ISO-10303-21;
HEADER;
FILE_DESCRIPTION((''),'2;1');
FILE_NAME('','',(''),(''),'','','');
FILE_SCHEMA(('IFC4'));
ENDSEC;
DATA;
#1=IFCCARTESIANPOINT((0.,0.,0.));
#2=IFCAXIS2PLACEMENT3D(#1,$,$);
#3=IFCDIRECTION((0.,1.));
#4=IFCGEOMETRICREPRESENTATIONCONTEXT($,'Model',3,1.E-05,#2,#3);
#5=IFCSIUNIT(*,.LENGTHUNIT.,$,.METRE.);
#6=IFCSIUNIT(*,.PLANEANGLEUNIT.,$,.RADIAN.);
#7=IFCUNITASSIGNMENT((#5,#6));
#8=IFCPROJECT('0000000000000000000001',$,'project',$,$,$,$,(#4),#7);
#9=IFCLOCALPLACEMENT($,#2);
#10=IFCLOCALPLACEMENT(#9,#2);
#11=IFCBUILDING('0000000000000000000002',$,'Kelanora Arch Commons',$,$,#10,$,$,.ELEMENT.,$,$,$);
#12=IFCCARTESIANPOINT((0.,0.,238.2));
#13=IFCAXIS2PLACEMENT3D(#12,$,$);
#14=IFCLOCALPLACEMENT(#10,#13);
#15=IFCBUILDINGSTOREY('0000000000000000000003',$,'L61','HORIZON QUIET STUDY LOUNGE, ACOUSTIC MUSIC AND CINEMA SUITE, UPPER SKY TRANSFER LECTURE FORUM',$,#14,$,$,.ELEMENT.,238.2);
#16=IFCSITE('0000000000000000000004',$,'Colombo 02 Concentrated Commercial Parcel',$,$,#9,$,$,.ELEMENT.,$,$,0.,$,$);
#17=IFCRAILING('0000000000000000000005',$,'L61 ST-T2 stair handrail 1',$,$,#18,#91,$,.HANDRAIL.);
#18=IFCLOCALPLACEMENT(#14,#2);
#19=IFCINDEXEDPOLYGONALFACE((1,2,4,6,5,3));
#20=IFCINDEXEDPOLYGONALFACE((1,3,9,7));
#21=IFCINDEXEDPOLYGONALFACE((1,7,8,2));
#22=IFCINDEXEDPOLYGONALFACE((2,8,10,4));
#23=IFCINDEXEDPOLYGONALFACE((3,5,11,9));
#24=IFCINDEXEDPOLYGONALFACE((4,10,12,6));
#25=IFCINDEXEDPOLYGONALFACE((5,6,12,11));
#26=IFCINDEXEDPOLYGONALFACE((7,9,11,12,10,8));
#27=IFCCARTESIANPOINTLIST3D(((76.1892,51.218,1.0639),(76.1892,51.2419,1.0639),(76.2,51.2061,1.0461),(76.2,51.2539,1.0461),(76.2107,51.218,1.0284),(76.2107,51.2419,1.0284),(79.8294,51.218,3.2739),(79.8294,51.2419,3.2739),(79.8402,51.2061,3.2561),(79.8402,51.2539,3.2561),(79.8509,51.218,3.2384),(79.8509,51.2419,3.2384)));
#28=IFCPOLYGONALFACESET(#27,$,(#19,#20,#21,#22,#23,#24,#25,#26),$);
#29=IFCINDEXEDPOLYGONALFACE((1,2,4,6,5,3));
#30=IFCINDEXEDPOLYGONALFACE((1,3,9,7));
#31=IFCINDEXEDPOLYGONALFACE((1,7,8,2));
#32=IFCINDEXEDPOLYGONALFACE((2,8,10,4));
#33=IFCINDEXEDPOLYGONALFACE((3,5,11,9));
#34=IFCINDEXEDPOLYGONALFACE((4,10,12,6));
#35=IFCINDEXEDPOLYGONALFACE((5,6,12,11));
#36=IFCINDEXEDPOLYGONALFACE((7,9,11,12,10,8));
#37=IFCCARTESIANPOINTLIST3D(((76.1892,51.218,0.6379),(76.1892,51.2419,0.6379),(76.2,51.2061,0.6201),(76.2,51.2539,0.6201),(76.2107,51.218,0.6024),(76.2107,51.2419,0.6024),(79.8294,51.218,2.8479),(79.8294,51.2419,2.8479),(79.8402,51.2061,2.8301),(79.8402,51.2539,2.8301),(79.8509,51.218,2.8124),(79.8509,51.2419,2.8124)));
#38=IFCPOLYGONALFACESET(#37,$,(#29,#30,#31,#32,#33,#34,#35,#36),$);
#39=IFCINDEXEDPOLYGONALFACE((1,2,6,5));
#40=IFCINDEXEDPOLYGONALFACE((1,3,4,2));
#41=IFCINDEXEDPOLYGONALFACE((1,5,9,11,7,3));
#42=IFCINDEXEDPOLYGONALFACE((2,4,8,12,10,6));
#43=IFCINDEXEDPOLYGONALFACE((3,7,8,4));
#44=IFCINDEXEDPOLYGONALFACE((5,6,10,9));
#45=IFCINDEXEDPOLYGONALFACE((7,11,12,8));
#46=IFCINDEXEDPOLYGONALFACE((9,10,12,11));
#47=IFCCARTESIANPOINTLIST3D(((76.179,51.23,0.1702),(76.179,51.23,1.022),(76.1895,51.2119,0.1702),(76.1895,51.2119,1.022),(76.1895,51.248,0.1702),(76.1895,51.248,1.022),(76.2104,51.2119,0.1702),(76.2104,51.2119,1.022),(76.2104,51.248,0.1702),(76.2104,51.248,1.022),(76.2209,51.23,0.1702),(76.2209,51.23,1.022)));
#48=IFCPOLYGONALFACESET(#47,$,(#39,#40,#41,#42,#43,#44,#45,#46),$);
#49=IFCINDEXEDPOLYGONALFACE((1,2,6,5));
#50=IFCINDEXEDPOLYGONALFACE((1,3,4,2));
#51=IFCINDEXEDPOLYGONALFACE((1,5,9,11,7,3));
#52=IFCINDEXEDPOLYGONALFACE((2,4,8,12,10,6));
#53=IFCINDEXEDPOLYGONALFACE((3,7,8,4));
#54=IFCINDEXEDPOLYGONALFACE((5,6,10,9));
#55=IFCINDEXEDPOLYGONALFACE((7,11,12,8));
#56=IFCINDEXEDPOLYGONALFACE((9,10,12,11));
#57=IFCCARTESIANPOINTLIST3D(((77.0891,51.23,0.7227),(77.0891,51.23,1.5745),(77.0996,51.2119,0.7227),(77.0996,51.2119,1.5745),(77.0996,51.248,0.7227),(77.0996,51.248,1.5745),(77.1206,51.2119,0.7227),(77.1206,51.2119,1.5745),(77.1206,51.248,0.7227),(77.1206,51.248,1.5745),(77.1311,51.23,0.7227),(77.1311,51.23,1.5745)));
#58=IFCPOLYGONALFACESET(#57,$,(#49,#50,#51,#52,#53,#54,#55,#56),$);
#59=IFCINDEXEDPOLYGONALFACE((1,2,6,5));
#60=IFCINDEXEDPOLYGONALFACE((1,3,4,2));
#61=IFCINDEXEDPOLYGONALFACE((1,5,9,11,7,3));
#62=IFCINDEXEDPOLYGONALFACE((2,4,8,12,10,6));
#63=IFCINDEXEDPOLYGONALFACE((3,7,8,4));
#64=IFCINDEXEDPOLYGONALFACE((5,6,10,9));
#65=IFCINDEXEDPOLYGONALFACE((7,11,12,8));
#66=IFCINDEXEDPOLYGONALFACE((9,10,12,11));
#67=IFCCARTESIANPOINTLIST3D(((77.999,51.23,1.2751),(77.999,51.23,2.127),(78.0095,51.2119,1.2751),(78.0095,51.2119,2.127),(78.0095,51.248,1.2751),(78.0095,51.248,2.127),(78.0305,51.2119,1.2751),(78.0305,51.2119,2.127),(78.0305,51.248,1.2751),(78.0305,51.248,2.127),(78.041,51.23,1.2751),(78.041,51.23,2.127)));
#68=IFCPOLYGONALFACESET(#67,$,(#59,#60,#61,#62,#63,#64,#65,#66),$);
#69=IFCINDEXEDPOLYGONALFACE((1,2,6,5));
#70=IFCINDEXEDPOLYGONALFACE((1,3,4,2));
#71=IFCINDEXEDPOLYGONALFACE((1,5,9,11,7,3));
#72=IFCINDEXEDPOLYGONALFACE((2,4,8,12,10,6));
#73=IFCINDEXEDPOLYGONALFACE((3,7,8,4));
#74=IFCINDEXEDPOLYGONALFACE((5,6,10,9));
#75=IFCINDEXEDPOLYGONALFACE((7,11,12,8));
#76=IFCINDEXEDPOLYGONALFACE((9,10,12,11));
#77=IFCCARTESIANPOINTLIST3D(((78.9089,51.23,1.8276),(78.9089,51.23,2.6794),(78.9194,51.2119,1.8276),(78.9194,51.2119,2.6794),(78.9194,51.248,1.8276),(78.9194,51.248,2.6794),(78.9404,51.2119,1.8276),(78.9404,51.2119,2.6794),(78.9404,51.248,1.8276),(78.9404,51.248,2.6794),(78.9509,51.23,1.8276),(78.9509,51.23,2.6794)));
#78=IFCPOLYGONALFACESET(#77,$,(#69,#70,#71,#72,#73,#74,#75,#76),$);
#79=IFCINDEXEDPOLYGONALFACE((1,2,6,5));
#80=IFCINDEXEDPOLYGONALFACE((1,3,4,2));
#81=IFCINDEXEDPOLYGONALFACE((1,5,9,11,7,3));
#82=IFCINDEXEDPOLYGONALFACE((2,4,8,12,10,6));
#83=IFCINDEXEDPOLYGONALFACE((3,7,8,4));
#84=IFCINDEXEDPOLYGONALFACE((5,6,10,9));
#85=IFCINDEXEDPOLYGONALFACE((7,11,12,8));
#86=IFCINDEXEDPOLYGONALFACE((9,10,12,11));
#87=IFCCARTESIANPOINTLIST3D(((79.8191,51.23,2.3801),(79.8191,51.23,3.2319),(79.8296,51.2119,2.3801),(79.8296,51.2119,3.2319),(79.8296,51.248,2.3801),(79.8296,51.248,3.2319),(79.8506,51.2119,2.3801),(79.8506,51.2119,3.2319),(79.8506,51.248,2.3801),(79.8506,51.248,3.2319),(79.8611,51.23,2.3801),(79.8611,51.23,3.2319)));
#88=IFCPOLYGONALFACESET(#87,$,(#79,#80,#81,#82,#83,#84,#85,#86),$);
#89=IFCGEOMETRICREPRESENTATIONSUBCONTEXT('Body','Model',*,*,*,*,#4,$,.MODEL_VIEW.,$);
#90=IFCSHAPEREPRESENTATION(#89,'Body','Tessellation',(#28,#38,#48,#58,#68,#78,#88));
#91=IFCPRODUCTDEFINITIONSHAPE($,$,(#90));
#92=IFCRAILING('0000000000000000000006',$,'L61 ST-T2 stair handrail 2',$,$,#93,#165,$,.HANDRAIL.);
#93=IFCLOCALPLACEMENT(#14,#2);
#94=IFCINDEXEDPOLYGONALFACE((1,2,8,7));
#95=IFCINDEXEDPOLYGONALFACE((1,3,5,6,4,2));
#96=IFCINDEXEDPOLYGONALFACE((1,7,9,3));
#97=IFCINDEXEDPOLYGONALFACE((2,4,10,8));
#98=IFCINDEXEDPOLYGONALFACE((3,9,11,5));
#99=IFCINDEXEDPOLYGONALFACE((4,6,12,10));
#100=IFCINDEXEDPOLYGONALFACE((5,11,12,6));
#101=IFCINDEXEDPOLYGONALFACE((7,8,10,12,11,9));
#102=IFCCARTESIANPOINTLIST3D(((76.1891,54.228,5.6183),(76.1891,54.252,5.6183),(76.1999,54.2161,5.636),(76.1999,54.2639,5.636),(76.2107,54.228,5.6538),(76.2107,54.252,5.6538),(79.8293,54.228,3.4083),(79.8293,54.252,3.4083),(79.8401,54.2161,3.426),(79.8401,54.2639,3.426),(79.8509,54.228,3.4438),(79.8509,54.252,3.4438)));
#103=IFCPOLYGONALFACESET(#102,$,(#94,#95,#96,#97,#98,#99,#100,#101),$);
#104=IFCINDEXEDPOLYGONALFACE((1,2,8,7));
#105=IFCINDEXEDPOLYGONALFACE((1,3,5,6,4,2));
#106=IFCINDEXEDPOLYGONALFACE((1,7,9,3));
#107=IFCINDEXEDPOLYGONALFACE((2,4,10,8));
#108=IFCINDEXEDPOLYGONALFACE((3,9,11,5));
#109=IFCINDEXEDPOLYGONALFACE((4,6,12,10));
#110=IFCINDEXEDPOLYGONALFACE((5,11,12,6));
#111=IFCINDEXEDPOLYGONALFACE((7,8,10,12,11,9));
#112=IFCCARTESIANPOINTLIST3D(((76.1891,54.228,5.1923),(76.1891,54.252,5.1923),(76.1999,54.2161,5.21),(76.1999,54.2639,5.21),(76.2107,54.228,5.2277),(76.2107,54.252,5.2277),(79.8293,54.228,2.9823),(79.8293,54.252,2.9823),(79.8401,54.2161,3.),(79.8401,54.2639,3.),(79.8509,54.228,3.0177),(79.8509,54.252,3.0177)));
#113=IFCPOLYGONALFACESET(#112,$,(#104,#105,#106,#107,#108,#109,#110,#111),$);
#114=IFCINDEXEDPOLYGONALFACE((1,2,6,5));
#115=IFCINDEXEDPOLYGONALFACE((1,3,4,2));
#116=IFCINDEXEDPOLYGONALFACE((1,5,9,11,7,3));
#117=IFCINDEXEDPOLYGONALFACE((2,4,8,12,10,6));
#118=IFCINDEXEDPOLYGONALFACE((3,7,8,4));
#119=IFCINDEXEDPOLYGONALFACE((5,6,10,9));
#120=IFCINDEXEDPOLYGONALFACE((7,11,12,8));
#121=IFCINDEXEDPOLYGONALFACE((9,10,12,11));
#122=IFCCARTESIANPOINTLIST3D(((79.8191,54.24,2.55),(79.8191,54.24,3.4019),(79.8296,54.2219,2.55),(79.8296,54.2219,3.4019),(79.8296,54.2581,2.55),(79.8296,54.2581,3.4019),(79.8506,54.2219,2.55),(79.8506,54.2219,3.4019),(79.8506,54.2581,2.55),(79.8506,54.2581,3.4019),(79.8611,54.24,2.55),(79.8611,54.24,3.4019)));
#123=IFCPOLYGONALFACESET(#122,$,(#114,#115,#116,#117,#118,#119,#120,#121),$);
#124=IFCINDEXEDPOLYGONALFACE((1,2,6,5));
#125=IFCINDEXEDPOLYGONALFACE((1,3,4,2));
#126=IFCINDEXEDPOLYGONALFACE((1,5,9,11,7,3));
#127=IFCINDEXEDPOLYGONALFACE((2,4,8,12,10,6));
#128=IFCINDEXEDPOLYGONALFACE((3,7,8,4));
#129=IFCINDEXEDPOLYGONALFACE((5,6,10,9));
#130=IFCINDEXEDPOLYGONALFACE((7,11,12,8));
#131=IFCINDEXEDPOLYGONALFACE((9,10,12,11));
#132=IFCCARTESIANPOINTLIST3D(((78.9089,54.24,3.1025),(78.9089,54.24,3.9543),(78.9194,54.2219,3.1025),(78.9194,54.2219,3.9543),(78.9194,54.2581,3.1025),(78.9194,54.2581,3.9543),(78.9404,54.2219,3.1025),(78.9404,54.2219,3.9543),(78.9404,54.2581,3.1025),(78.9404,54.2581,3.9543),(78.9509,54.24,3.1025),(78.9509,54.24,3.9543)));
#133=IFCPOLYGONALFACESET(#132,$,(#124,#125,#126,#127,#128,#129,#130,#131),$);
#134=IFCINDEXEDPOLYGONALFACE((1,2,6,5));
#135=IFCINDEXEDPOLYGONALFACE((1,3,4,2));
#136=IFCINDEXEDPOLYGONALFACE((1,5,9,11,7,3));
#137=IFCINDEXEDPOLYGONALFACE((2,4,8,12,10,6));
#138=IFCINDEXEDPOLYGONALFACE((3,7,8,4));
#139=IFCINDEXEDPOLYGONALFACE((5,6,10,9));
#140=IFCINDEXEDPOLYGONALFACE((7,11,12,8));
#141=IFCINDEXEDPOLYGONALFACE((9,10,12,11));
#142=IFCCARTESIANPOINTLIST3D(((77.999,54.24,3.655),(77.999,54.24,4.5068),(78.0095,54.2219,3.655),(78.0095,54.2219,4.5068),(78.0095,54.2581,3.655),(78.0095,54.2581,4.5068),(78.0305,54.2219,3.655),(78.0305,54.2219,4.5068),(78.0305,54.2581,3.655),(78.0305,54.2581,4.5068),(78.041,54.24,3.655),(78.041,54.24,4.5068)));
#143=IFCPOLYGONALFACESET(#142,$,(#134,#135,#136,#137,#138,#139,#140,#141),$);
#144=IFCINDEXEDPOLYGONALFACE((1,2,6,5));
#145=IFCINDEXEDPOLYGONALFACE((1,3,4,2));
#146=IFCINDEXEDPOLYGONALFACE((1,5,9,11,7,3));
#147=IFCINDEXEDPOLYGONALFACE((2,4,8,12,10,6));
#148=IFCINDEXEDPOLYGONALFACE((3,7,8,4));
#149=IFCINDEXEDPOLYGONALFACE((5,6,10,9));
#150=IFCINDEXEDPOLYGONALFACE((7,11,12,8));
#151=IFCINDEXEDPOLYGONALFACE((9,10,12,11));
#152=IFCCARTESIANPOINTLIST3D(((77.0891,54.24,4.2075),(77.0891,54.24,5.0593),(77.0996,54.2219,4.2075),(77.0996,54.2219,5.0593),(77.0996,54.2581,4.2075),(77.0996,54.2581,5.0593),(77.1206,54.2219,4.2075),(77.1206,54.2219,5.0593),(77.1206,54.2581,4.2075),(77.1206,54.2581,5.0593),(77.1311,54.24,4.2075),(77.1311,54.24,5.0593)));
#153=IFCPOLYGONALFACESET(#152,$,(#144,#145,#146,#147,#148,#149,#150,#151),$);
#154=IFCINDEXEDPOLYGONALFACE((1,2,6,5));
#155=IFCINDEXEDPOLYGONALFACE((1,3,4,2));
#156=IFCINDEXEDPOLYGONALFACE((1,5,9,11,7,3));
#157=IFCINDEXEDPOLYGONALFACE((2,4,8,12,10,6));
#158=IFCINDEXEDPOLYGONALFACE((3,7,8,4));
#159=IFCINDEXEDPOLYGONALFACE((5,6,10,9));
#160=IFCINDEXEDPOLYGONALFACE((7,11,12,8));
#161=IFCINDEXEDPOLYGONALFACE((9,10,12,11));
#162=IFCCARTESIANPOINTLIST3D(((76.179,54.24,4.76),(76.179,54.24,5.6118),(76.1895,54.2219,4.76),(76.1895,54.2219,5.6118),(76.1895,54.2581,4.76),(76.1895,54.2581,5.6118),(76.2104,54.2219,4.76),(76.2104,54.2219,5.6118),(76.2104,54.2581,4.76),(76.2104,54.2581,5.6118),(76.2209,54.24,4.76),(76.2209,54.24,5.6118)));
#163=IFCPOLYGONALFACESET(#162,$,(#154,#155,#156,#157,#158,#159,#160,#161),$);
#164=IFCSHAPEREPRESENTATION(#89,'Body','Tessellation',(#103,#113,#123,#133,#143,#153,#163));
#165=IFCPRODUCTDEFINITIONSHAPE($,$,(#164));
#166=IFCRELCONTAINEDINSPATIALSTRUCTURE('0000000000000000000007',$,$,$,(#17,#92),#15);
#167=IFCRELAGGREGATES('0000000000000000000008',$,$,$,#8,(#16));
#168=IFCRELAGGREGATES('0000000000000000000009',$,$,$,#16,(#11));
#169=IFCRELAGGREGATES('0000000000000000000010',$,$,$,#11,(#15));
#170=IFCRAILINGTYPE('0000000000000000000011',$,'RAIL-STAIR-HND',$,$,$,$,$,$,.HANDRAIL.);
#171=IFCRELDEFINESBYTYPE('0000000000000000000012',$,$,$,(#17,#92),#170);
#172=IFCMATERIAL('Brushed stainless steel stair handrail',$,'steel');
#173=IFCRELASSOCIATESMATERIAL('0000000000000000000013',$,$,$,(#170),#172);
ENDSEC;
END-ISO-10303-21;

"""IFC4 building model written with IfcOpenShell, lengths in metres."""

from ifc_helpers import new_model, si_unit, direction, frame, origin, place, context, subcontext, project, spatial, polyline, outline, extrude, material, type_object, element, save


model = new_model("IFC4")

# Units and contexts
model_context = context("Model", 3, precision=1e-05, world=origin(), true_north=direction((0.0, 1.0)))
body_context = subcontext(model_context, "Body", "Model", "MODEL_VIEW")
ifc_project = project(units=[si_unit("LENGTHUNIT", "METRE"), si_unit("PLANEANGLEUNIT", "RADIAN")], contexts=[model_context])

# Site, building, storey
site_placement = place(None, origin())
site = spatial("IfcSite", under=ifc_project, at=site_placement, Name="Colombo 02 Concentrated Commercial Parcel", CompositionType="ELEMENT", RefElevation=0.0)
building_placement = place(site_placement, origin())
building = spatial("IfcBuilding", under=site, at=building_placement, Name="Kelanora Arch Commons", CompositionType="ELEMENT")
storey_placement = place(building_placement, frame((0.0, 0.0, 238.2)))
storey = spatial("IfcBuildingStorey", under=building, at=storey_placement, Name="L61", Description="HORIZON QUIET STUDY LOUNGE, ACOUSTIC MUSIC AND CINEMA SUITE, UPPER SKY TRANSFER LECTURE FORUM", CompositionType="ELEMENT", Elevation=238.2)

# Railings
ifc_material_1 = material(Name="Brushed stainless steel stair handrail", Category="steel")
railing_type_1 = type_object("IfcRailingType", Name="RAIL-STAIR-HND", PredefinedType="HANDRAIL", material=ifc_material_1)
railing_1_placement = place(storey_placement, frame((76.2, 51.23, 0.1702)))
element("IfcRailing", 1, at=railing_1_placement, inside=storey, type_object=railing_type_1, Name="L61 ST-T2 stair handrail 1", PredefinedType="HANDRAIL", context=body_context, shape_type="SweptSolid", body=[
    extrude(outline(polyline([(0.0239, 0.0), (0.012, 0.0208), (-0.012, 0.0208), (-0.0239, 0.0), (-0.012, -0.0208), (0.012, -0.0208), (0.0239, 0.0)])), frame((0.0, 0.0, 0.876), z_axis=(0.8548, 0.0, 0.518957), x_axis=(0.0, 1.0, 0.0)), (0.0, 0.0, 1.0), 4.2585),
    extrude(outline(polyline([(0.0239, 0.0), (0.012, 0.0208), (-0.012, 0.0208), (-0.0239, 0.0), (-0.012, -0.0208), (0.012, -0.0208), (0.0239, 0.0)])), frame((0.0, 0.0, 0.45), z_axis=(0.8548, 0.0, 0.518957), x_axis=(0.0, 1.0, 0.0)), (0.0, 0.0, 1.0), 4.2585),
    extrude(outline(polyline([(0.021, 0.0), (0.0105, 0.0181), (-0.0105, 0.0181), (-0.021, 0.0), (-0.0105, -0.0181), (0.0105, -0.0181), (0.021, 0.0)])), origin(), (0.0, 0.0, 1.0), 0.8518),
    extrude(outline(polyline([(0.021, 0.0), (0.0105, 0.0181), (-0.0105, 0.0181), (-0.021, 0.0), (-0.0105, -0.0181), (0.0105, -0.0181), (0.021, 0.0)])), frame((0.9102, 0.0, 0.5525)), (0.0, 0.0, 1.0), 0.8518),
    extrude(outline(polyline([(0.021, 0.0), (0.0105, 0.0181), (-0.0105, 0.0181), (-0.021, 0.0), (-0.0105, -0.0181), (0.0105, -0.0181), (0.021, 0.0)])), frame((1.8201, 0.0, 1.105)), (0.0, 0.0, 1.0), 0.8518),
    extrude(outline(polyline([(0.021, 0.0), (0.0105, 0.0181), (-0.0105, 0.0181), (-0.021, 0.0), (-0.0105, -0.0181), (0.0105, -0.0181), (0.021, 0.0)])), frame((2.73, 0.0, 1.6575)), (0.0, 0.0, 1.0), 0.8518),
    extrude(outline(polyline([(0.021, 0.0), (0.0105, 0.0181), (-0.0105, 0.0181), (-0.021, 0.0), (-0.0105, -0.0181), (0.0105, -0.0181), (0.021, 0.0)])), frame((3.6401, 0.0, 2.21)), (0.0, 0.0, 1.0), 0.8518),
])
railing_2_placement = place(storey_placement, frame((79.8401, 54.24, 2.55)))
element("IfcRailing", 2, at=railing_2_placement, inside=storey, type_object=railing_type_1, Name="L61 ST-T2 stair handrail 2", PredefinedType="HANDRAIL", context=body_context, shape_type="SweptSolid", body=[
    extrude(outline(polyline([(0.0239, 0.0), (0.012, 0.0208), (-0.012, 0.0208), (-0.0239, 0.0), (-0.012, -0.0208), (0.012, -0.0208), (0.0239, 0.0)])), frame((0.0, 0.0, 0.876), z_axis=(-0.8548, 0.0, 0.518957), x_axis=(0.0, -1.0, 0.0)), (0.0, 0.0, 1.0), 4.2585),
    extrude(outline(polyline([(0.0239, 0.0), (0.012, 0.0208), (-0.012, 0.0208), (-0.0239, 0.0), (-0.012, -0.0208), (0.012, -0.0208), (0.0239, 0.0)])), frame((0.0, 0.0, 0.45), z_axis=(-0.8548, 0.0, 0.518957), x_axis=(0.0, -1.0, 0.0)), (0.0, 0.0, 1.0), 4.2585),
    extrude(outline(polyline([(0.021, 0.0), (0.0105, 0.0181), (-0.0105, 0.0181), (-0.021, 0.0), (-0.0105, -0.0181), (0.0105, -0.0181), (0.021, 0.0)])), origin(), (0.0, 0.0, 1.0), 0.8518),
    extrude(outline(polyline([(0.021, 0.0), (0.0105, 0.0181), (-0.0105, 0.0181), (-0.021, 0.0), (-0.0105, -0.0181), (0.0105, -0.0181), (0.021, 0.0)])), frame((-0.9102, 0.0, 0.5525)), (0.0, 0.0, 1.0), 0.8518),
    extrude(outline(polyline([(0.021, 0.0), (0.0105, 0.0181), (-0.0105, 0.0181), (-0.021, 0.0), (-0.0105, -0.0181), (0.0105, -0.0181), (0.021, 0.0)])), frame((-1.8201, 0.0, 1.105)), (0.0, 0.0, 1.0), 0.8518),
    extrude(outline(polyline([(0.021, 0.0), (0.0105, 0.0181), (-0.0105, 0.0181), (-0.021, 0.0), (-0.0105, -0.0181), (0.0105, -0.0181), (0.021, 0.0)])), frame((-2.73, 0.0, 1.6575)), (0.0, 0.0, 1.0), 0.8518),
    extrude(outline(polyline([(0.021, 0.0), (0.0105, 0.0181), (-0.0105, 0.0181), (-0.021, 0.0), (-0.0105, -0.0181), (0.0105, -0.0181), (0.021, 0.0)])), frame((-3.6401, 0.0, 2.21)), (0.0, 0.0, 1.0), 0.8518),
])

save(model, "model.ifc")
